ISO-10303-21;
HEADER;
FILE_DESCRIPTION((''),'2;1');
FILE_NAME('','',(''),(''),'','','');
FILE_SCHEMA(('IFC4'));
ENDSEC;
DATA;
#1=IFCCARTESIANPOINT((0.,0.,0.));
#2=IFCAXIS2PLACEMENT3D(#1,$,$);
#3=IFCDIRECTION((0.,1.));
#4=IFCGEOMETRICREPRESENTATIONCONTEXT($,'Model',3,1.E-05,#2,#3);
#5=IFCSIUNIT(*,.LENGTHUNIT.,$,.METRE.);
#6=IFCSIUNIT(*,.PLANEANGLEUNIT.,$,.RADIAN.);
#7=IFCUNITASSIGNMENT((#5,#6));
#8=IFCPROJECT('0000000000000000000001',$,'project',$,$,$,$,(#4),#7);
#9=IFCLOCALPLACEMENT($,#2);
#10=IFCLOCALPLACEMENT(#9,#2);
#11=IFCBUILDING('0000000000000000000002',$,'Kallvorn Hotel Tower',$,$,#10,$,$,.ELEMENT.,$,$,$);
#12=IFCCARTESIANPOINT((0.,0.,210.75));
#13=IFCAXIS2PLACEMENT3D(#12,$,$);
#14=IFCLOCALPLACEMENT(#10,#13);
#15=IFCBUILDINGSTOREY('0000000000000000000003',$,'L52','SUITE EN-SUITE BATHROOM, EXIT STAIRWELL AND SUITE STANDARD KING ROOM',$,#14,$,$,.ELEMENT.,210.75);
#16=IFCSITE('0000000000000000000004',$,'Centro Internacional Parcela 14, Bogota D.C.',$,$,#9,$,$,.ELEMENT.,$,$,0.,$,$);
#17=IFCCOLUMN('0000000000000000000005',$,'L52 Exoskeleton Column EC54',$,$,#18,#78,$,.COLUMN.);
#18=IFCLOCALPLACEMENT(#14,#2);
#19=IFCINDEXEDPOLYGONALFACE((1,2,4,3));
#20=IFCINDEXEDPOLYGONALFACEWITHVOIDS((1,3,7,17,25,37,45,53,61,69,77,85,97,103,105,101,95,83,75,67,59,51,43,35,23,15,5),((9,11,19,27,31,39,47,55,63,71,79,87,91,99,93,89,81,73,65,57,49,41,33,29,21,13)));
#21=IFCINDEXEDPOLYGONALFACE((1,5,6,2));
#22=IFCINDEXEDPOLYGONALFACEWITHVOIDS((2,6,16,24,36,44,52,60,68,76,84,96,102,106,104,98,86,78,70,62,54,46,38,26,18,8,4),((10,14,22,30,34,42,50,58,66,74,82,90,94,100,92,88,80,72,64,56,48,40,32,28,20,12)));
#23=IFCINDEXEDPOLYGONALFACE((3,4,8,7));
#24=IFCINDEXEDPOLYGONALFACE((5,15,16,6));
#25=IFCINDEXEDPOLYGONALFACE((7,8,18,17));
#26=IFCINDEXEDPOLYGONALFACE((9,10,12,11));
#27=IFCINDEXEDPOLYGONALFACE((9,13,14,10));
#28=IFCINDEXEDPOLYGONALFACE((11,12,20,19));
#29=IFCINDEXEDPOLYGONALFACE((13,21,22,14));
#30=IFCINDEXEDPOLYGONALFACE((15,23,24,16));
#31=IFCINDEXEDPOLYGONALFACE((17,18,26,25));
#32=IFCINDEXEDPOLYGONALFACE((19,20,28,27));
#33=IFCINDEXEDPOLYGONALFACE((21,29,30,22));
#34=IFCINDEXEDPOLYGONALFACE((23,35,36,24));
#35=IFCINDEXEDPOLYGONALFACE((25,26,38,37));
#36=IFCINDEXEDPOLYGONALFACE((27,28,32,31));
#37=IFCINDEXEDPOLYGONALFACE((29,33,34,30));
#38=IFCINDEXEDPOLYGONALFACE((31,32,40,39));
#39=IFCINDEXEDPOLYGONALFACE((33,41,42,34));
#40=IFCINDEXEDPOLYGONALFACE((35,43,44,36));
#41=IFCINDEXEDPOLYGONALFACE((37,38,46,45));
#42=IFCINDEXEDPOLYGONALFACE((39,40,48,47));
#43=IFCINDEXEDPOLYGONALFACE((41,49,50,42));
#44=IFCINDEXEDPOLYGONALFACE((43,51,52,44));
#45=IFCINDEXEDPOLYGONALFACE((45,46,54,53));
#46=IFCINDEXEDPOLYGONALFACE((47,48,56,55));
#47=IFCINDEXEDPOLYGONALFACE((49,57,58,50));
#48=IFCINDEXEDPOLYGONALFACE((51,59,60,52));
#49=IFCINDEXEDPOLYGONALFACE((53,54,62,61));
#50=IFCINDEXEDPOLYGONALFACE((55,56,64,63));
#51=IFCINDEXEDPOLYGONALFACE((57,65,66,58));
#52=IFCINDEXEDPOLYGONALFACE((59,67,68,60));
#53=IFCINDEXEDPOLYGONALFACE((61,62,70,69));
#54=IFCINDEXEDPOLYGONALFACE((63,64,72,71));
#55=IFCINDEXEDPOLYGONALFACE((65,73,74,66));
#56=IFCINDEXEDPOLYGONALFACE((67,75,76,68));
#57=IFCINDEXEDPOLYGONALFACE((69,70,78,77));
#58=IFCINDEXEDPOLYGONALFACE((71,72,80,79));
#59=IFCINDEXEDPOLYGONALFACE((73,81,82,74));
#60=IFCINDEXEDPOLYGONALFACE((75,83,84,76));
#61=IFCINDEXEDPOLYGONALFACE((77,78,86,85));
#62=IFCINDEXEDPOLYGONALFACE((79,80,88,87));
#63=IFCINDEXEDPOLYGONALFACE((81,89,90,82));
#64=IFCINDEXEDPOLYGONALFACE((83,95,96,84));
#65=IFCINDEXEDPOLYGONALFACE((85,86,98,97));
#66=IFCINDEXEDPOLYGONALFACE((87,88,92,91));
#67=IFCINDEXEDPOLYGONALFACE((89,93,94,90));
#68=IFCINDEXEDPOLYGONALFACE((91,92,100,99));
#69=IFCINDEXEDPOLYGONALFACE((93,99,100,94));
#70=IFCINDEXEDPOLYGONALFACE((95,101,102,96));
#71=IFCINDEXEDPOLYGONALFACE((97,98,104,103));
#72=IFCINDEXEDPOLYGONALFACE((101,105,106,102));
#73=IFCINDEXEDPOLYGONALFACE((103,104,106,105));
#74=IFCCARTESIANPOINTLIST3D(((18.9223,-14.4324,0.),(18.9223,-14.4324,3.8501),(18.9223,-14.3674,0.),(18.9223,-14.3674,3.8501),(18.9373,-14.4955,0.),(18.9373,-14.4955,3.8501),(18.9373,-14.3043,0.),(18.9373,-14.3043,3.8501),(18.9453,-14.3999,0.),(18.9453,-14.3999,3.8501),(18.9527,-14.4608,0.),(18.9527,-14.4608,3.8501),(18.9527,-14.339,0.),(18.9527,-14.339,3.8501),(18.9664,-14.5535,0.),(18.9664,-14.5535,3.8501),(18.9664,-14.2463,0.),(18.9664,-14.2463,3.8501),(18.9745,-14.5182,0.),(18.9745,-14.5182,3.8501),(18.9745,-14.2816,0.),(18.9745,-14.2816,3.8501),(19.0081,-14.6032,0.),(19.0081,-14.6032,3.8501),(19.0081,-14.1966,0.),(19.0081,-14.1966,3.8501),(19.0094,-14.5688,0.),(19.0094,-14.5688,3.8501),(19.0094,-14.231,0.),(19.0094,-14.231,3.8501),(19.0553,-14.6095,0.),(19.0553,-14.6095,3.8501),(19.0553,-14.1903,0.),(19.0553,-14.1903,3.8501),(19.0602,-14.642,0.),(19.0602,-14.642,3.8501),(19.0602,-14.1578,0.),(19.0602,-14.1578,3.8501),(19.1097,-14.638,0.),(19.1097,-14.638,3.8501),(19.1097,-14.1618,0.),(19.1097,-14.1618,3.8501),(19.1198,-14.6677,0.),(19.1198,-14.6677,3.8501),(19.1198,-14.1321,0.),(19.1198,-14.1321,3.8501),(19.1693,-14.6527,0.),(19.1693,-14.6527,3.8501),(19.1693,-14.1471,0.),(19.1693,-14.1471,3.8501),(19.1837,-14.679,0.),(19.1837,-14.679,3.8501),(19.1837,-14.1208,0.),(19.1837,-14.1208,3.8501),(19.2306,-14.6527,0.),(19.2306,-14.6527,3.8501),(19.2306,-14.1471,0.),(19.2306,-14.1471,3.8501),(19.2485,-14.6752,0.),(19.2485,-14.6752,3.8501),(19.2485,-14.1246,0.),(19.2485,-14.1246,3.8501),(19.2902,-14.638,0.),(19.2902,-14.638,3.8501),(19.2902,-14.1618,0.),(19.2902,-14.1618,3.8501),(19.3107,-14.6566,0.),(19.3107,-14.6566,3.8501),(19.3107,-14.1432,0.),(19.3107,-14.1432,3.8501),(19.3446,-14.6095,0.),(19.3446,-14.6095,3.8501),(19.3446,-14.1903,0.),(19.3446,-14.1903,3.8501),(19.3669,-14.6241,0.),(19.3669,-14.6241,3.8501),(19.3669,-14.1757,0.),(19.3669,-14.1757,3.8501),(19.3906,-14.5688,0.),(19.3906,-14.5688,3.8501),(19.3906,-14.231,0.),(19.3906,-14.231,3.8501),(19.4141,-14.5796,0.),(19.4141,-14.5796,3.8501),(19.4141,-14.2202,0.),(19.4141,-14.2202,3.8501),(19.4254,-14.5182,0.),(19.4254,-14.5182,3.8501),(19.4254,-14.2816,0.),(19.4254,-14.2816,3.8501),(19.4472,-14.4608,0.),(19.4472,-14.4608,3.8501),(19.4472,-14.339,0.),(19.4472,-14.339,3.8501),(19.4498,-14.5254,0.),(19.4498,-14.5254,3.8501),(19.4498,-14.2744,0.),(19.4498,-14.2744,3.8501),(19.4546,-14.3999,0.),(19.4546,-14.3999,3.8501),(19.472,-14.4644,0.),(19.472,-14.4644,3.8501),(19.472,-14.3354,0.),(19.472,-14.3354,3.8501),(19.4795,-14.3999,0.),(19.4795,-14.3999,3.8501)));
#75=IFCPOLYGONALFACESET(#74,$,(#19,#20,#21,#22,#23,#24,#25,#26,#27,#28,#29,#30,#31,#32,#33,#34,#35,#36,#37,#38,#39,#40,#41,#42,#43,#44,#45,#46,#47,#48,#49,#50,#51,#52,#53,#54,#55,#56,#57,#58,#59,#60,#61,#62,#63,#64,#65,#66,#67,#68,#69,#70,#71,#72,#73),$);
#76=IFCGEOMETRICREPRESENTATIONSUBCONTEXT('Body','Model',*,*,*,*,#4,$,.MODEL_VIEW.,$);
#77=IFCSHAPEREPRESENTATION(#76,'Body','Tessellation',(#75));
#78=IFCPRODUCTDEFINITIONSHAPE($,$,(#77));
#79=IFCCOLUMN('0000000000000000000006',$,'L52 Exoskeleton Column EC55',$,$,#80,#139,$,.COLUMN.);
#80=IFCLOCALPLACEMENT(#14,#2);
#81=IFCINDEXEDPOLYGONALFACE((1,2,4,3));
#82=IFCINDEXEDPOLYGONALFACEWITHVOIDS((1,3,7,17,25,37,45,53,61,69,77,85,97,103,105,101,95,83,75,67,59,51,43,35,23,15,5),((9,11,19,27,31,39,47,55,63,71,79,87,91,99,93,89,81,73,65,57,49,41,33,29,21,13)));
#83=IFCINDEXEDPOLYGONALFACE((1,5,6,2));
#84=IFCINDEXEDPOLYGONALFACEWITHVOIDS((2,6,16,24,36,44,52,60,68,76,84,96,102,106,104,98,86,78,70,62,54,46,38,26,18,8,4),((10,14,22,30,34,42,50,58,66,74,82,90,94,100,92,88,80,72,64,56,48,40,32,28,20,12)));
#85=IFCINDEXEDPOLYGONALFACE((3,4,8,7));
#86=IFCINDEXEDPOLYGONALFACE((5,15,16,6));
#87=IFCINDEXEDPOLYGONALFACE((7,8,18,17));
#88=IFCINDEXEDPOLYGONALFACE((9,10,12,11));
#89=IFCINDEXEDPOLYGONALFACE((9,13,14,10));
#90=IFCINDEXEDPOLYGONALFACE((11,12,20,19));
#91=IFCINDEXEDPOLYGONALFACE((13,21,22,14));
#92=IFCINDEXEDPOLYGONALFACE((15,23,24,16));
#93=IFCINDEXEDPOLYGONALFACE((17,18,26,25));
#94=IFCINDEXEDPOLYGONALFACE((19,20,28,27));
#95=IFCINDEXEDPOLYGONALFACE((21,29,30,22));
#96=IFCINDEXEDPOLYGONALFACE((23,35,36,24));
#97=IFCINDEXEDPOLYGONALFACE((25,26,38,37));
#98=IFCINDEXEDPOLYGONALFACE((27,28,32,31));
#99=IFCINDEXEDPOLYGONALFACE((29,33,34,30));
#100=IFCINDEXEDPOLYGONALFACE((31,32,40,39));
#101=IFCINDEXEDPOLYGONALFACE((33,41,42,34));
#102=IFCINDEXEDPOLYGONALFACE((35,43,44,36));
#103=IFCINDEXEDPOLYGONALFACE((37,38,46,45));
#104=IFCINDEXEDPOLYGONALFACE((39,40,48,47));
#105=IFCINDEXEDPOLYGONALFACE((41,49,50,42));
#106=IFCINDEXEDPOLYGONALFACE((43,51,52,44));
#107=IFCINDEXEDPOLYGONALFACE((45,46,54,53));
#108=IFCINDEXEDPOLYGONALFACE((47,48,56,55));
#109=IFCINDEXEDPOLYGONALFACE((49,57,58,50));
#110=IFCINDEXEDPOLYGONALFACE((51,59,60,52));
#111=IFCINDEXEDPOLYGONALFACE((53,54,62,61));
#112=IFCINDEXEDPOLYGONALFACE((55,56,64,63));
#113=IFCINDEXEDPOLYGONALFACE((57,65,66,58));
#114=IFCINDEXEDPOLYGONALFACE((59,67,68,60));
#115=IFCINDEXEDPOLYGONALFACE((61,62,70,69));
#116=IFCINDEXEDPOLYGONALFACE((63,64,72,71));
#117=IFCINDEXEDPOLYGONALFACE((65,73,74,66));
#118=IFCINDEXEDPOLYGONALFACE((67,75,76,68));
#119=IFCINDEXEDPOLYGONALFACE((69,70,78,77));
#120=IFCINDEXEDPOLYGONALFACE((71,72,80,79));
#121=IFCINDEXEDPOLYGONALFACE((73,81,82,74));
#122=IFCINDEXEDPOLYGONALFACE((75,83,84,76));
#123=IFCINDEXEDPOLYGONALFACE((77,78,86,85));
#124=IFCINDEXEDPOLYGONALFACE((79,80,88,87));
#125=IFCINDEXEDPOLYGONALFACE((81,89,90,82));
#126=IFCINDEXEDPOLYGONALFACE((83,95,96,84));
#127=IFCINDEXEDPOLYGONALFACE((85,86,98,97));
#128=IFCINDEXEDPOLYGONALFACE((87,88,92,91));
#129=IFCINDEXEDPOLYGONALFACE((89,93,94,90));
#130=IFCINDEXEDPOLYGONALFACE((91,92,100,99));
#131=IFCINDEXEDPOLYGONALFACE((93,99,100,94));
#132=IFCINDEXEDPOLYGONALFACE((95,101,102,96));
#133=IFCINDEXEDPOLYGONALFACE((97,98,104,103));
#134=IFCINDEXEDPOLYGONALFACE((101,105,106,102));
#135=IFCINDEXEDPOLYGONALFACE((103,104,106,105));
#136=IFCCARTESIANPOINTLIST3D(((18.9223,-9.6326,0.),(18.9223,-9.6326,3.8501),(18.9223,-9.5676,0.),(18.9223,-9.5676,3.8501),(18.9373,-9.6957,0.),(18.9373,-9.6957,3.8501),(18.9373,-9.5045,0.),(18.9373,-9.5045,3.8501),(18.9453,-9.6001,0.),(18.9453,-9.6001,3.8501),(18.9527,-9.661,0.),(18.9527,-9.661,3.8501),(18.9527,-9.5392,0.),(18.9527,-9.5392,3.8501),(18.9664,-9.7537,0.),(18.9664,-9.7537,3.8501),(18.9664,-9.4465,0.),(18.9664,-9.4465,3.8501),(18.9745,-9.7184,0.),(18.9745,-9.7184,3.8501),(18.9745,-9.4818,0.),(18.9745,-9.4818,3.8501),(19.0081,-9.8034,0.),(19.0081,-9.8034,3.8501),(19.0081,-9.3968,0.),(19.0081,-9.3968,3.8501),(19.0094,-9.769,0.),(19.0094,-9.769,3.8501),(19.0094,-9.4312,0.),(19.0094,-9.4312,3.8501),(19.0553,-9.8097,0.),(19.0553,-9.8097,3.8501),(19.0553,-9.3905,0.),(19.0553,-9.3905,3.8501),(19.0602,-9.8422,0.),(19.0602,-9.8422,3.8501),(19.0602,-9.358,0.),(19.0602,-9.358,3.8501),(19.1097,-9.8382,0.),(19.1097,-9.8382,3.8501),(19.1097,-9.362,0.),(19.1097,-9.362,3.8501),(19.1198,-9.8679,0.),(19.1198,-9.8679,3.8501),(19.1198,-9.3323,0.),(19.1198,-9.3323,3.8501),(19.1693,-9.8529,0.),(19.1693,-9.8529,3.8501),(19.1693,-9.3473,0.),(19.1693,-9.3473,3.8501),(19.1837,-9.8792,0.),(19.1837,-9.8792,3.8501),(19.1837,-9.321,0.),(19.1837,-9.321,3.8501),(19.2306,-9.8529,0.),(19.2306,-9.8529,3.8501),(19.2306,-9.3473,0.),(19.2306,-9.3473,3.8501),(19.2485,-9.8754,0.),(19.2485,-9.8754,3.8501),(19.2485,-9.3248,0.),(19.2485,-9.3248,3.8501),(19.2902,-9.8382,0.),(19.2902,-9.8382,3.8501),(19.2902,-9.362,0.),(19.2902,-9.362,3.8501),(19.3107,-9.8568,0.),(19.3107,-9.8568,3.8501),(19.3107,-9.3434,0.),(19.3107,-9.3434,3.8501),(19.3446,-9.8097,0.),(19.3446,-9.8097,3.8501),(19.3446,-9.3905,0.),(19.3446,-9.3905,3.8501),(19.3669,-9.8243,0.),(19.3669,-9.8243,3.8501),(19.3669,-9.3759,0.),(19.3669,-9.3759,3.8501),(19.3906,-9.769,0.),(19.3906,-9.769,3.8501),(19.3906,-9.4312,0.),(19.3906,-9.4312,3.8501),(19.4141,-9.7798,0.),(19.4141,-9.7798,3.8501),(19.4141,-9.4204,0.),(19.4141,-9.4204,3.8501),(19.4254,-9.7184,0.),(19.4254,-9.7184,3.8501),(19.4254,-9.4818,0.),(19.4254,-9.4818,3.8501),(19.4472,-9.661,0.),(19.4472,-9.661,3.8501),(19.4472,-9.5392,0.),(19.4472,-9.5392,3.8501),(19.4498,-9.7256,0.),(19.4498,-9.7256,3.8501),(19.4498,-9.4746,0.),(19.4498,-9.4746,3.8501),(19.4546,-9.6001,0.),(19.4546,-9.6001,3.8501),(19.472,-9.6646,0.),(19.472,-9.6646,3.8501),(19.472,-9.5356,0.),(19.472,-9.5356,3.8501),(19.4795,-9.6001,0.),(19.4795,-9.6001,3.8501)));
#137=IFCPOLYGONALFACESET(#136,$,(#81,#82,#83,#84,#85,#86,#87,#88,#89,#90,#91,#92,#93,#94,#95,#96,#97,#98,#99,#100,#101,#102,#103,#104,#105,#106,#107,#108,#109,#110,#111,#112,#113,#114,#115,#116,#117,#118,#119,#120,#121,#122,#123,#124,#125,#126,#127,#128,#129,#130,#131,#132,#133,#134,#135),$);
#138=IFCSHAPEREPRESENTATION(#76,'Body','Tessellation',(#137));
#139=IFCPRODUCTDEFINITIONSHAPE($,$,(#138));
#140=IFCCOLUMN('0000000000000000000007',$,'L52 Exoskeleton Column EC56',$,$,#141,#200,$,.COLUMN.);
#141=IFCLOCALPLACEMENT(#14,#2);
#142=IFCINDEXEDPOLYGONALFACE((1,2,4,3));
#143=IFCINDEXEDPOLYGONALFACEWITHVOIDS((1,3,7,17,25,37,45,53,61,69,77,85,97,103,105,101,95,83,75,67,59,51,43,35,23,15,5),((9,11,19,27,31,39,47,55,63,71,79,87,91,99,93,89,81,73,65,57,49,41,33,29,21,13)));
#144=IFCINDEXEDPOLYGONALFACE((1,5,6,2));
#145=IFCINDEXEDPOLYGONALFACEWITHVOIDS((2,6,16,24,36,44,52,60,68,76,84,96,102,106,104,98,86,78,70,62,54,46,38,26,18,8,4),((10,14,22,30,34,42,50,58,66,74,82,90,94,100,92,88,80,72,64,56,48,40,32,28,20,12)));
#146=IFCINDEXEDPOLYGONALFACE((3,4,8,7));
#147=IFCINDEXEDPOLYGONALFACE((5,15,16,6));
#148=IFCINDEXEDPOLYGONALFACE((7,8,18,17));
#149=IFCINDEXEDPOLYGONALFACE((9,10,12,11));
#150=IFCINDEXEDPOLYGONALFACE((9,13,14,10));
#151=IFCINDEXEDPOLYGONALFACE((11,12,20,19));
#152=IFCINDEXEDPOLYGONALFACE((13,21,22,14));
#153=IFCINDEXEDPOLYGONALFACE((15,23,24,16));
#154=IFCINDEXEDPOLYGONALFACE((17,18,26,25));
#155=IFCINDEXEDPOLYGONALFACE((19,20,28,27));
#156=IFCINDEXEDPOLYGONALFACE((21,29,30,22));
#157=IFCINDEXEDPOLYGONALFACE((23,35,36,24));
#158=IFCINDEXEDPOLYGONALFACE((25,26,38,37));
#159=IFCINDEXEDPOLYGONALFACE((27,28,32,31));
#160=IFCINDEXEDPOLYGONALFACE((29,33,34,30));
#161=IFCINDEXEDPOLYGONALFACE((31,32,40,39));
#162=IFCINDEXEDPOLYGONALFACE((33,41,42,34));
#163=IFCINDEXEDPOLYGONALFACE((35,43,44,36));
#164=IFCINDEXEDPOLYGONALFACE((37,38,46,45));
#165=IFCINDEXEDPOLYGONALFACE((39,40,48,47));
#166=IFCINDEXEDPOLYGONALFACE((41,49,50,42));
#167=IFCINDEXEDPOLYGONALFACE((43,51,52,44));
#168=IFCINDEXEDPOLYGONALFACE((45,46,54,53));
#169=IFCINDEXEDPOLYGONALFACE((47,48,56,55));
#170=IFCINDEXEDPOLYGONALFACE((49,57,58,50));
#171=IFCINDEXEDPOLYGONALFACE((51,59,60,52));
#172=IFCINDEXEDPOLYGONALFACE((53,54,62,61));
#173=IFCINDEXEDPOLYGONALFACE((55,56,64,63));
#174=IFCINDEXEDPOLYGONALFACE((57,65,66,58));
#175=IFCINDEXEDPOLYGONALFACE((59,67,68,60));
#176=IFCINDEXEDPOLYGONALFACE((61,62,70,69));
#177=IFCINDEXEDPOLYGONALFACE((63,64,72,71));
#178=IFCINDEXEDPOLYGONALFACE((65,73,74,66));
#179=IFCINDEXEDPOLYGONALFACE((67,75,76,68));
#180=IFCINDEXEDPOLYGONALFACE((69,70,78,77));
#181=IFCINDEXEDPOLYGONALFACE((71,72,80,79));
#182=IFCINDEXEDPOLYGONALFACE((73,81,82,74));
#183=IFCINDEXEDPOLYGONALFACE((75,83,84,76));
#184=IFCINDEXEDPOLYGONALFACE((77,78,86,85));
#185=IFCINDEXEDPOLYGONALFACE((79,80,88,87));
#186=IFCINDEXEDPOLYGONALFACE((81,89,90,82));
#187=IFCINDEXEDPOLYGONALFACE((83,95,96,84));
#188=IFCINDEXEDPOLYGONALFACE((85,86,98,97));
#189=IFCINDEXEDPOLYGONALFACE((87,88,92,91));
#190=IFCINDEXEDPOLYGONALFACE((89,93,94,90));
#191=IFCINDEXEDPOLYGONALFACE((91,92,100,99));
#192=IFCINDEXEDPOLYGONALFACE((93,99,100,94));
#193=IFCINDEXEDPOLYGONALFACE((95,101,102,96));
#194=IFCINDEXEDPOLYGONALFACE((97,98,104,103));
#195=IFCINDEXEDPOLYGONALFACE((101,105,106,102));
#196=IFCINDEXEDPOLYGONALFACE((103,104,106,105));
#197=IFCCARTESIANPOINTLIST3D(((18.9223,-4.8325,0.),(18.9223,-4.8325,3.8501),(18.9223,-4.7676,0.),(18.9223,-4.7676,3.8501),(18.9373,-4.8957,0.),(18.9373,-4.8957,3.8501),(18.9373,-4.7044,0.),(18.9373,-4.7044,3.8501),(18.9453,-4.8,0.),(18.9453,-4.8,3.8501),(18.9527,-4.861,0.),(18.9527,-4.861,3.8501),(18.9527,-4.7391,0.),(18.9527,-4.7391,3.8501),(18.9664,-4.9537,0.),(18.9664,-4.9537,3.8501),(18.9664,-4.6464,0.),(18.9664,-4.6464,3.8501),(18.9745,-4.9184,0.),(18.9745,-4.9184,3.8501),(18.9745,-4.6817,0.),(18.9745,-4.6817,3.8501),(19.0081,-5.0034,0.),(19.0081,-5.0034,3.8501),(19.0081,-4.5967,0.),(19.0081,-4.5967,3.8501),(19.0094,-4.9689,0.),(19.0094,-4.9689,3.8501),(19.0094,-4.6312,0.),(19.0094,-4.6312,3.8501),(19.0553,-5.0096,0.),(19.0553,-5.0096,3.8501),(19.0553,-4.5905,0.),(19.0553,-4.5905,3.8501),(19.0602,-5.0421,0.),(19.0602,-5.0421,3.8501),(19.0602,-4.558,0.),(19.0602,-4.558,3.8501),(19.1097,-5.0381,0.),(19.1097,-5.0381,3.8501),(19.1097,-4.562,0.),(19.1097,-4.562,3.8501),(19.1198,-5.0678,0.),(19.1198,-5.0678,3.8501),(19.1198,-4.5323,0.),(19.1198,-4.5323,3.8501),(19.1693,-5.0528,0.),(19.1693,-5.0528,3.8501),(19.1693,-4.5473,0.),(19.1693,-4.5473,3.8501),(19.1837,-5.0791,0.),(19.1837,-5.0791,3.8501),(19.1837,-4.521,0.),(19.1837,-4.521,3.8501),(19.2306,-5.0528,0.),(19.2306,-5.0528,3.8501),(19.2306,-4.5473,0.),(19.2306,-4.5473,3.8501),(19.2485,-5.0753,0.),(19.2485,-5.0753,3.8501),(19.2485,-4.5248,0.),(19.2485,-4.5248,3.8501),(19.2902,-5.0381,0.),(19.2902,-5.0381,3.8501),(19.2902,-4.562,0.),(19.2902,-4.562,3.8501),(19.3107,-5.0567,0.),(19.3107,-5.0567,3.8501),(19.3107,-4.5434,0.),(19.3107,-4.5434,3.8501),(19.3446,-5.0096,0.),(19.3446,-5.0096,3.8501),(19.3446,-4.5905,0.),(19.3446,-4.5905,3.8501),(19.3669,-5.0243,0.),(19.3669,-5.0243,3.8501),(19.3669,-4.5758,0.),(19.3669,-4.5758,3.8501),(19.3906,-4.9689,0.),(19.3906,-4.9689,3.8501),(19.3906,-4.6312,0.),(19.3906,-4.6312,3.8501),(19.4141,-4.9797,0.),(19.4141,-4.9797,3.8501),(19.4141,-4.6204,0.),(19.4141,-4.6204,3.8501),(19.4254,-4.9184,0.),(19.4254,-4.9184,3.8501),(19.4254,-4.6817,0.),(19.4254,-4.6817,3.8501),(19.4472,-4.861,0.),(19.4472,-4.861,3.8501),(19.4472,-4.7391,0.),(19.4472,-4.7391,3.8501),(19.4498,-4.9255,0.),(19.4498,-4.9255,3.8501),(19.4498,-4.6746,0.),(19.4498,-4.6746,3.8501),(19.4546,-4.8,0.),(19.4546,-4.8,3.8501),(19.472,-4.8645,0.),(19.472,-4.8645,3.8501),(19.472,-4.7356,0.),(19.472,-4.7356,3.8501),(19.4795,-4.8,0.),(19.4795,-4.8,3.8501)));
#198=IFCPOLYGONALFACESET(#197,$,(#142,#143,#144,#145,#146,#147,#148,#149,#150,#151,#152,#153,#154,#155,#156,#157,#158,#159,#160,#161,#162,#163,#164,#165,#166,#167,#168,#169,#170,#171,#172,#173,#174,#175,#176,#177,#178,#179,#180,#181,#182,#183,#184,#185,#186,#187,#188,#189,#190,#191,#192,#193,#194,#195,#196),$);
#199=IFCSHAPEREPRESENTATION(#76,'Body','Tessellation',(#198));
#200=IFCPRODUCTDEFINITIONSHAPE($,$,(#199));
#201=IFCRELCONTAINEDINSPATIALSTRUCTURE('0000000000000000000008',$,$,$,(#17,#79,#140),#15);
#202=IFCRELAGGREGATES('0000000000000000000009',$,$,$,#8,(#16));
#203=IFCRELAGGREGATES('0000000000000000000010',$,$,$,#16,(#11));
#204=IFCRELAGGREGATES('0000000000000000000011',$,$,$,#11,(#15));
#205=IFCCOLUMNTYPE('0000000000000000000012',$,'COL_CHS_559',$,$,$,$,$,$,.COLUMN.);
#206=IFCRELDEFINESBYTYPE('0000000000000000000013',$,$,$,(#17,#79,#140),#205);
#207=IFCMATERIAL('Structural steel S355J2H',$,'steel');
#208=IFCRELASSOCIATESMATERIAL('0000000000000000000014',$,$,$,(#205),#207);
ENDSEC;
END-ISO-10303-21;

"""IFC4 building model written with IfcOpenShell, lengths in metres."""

from ifc_helpers import new_model, si_unit, direction, frame, origin, origin_2d, place, context, subcontext, project, spatial, hollow_circle, extrude, material, material_profile, profile_set, type_object, element, save


model = new_model("IFC4")

# Units and contexts
model_context = context("Model", 3, precision=1e-05, world=origin(), true_north=direction((0.0, 1.0)))
body_context = subcontext(model_context, "Body", "Model", "MODEL_VIEW")
ifc_project = project(units=[si_unit("LENGTHUNIT", "METRE"), si_unit("PLANEANGLEUNIT", "RADIAN")], contexts=[model_context])

# Site, building, storey
site_placement = place(None, origin())
site = spatial("IfcSite", under=ifc_project, at=site_placement, Name="Centro Internacional Parcela 14, Bogota D.C.", CompositionType="ELEMENT", RefElevation=0.0)
building_placement = place(site_placement, origin())
building = spatial("IfcBuilding", under=site, at=building_placement, Name="Kallvorn Hotel Tower", CompositionType="ELEMENT")
storey_placement = place(building_placement, frame((0.0, 0.0, 210.75)))
storey = spatial("IfcBuildingStorey", under=building, at=storey_placement, Name="L52", Description="SUITE EN-SUITE BATHROOM, EXIT STAIRWELL AND SUITE STANDARD KING ROOM", CompositionType="ELEMENT", Elevation=210.75)

# Columns
ifc_material_1 = material(Name="Structural steel S355J2H", Category="steel")
ifc_material_profile_1 = material_profile(ifc_material_1, hollow_circle(Radius=0.2795, WallThickness=0.0249, at=origin_2d()), Name="CHS 559x25")
ifc_profile_set_1 = profile_set([ifc_material_profile_1], Name="Structural steel S355J2H")
column_type_1 = type_object("IfcColumnType", Name="COL_CHS_559", PredefinedType="COLUMN", material=ifc_profile_set_1)
for number, where, z_axis, x_axis, name in (
    (1, (19.2, -14.3999, 0.0), (0.0, 0.0, 1.0), (1.0, 0.0, 0.0), "L52 Exoskeleton Column EC54"),
    (2, (19.2, -9.6001, 0.0), (0.0, 0.0, 1.0), (1.0, 0.0, 0.0), "L52 Exoskeleton Column EC55"),
    (3, (19.2, -4.8, 0.0), (0.0, 0.0, 1.0), (1.0, 0.0, 0.0), "L52 Exoskeleton Column EC56"),
):
    element("IfcColumn", number, at=place(storey_placement, frame(where, z_axis=z_axis, x_axis=x_axis)), inside=storey, type_object=column_type_1, Name=name, PredefinedType="COLUMN", context=body_context, shape_type="SweptSolid", body=[
        extrude(hollow_circle(Radius=0.2795, WallThickness=0.0249, at=origin_2d()), origin(), (0.0, 0.0, 1.0), 3.8501),
    ])

save(model, "model.ifc")
